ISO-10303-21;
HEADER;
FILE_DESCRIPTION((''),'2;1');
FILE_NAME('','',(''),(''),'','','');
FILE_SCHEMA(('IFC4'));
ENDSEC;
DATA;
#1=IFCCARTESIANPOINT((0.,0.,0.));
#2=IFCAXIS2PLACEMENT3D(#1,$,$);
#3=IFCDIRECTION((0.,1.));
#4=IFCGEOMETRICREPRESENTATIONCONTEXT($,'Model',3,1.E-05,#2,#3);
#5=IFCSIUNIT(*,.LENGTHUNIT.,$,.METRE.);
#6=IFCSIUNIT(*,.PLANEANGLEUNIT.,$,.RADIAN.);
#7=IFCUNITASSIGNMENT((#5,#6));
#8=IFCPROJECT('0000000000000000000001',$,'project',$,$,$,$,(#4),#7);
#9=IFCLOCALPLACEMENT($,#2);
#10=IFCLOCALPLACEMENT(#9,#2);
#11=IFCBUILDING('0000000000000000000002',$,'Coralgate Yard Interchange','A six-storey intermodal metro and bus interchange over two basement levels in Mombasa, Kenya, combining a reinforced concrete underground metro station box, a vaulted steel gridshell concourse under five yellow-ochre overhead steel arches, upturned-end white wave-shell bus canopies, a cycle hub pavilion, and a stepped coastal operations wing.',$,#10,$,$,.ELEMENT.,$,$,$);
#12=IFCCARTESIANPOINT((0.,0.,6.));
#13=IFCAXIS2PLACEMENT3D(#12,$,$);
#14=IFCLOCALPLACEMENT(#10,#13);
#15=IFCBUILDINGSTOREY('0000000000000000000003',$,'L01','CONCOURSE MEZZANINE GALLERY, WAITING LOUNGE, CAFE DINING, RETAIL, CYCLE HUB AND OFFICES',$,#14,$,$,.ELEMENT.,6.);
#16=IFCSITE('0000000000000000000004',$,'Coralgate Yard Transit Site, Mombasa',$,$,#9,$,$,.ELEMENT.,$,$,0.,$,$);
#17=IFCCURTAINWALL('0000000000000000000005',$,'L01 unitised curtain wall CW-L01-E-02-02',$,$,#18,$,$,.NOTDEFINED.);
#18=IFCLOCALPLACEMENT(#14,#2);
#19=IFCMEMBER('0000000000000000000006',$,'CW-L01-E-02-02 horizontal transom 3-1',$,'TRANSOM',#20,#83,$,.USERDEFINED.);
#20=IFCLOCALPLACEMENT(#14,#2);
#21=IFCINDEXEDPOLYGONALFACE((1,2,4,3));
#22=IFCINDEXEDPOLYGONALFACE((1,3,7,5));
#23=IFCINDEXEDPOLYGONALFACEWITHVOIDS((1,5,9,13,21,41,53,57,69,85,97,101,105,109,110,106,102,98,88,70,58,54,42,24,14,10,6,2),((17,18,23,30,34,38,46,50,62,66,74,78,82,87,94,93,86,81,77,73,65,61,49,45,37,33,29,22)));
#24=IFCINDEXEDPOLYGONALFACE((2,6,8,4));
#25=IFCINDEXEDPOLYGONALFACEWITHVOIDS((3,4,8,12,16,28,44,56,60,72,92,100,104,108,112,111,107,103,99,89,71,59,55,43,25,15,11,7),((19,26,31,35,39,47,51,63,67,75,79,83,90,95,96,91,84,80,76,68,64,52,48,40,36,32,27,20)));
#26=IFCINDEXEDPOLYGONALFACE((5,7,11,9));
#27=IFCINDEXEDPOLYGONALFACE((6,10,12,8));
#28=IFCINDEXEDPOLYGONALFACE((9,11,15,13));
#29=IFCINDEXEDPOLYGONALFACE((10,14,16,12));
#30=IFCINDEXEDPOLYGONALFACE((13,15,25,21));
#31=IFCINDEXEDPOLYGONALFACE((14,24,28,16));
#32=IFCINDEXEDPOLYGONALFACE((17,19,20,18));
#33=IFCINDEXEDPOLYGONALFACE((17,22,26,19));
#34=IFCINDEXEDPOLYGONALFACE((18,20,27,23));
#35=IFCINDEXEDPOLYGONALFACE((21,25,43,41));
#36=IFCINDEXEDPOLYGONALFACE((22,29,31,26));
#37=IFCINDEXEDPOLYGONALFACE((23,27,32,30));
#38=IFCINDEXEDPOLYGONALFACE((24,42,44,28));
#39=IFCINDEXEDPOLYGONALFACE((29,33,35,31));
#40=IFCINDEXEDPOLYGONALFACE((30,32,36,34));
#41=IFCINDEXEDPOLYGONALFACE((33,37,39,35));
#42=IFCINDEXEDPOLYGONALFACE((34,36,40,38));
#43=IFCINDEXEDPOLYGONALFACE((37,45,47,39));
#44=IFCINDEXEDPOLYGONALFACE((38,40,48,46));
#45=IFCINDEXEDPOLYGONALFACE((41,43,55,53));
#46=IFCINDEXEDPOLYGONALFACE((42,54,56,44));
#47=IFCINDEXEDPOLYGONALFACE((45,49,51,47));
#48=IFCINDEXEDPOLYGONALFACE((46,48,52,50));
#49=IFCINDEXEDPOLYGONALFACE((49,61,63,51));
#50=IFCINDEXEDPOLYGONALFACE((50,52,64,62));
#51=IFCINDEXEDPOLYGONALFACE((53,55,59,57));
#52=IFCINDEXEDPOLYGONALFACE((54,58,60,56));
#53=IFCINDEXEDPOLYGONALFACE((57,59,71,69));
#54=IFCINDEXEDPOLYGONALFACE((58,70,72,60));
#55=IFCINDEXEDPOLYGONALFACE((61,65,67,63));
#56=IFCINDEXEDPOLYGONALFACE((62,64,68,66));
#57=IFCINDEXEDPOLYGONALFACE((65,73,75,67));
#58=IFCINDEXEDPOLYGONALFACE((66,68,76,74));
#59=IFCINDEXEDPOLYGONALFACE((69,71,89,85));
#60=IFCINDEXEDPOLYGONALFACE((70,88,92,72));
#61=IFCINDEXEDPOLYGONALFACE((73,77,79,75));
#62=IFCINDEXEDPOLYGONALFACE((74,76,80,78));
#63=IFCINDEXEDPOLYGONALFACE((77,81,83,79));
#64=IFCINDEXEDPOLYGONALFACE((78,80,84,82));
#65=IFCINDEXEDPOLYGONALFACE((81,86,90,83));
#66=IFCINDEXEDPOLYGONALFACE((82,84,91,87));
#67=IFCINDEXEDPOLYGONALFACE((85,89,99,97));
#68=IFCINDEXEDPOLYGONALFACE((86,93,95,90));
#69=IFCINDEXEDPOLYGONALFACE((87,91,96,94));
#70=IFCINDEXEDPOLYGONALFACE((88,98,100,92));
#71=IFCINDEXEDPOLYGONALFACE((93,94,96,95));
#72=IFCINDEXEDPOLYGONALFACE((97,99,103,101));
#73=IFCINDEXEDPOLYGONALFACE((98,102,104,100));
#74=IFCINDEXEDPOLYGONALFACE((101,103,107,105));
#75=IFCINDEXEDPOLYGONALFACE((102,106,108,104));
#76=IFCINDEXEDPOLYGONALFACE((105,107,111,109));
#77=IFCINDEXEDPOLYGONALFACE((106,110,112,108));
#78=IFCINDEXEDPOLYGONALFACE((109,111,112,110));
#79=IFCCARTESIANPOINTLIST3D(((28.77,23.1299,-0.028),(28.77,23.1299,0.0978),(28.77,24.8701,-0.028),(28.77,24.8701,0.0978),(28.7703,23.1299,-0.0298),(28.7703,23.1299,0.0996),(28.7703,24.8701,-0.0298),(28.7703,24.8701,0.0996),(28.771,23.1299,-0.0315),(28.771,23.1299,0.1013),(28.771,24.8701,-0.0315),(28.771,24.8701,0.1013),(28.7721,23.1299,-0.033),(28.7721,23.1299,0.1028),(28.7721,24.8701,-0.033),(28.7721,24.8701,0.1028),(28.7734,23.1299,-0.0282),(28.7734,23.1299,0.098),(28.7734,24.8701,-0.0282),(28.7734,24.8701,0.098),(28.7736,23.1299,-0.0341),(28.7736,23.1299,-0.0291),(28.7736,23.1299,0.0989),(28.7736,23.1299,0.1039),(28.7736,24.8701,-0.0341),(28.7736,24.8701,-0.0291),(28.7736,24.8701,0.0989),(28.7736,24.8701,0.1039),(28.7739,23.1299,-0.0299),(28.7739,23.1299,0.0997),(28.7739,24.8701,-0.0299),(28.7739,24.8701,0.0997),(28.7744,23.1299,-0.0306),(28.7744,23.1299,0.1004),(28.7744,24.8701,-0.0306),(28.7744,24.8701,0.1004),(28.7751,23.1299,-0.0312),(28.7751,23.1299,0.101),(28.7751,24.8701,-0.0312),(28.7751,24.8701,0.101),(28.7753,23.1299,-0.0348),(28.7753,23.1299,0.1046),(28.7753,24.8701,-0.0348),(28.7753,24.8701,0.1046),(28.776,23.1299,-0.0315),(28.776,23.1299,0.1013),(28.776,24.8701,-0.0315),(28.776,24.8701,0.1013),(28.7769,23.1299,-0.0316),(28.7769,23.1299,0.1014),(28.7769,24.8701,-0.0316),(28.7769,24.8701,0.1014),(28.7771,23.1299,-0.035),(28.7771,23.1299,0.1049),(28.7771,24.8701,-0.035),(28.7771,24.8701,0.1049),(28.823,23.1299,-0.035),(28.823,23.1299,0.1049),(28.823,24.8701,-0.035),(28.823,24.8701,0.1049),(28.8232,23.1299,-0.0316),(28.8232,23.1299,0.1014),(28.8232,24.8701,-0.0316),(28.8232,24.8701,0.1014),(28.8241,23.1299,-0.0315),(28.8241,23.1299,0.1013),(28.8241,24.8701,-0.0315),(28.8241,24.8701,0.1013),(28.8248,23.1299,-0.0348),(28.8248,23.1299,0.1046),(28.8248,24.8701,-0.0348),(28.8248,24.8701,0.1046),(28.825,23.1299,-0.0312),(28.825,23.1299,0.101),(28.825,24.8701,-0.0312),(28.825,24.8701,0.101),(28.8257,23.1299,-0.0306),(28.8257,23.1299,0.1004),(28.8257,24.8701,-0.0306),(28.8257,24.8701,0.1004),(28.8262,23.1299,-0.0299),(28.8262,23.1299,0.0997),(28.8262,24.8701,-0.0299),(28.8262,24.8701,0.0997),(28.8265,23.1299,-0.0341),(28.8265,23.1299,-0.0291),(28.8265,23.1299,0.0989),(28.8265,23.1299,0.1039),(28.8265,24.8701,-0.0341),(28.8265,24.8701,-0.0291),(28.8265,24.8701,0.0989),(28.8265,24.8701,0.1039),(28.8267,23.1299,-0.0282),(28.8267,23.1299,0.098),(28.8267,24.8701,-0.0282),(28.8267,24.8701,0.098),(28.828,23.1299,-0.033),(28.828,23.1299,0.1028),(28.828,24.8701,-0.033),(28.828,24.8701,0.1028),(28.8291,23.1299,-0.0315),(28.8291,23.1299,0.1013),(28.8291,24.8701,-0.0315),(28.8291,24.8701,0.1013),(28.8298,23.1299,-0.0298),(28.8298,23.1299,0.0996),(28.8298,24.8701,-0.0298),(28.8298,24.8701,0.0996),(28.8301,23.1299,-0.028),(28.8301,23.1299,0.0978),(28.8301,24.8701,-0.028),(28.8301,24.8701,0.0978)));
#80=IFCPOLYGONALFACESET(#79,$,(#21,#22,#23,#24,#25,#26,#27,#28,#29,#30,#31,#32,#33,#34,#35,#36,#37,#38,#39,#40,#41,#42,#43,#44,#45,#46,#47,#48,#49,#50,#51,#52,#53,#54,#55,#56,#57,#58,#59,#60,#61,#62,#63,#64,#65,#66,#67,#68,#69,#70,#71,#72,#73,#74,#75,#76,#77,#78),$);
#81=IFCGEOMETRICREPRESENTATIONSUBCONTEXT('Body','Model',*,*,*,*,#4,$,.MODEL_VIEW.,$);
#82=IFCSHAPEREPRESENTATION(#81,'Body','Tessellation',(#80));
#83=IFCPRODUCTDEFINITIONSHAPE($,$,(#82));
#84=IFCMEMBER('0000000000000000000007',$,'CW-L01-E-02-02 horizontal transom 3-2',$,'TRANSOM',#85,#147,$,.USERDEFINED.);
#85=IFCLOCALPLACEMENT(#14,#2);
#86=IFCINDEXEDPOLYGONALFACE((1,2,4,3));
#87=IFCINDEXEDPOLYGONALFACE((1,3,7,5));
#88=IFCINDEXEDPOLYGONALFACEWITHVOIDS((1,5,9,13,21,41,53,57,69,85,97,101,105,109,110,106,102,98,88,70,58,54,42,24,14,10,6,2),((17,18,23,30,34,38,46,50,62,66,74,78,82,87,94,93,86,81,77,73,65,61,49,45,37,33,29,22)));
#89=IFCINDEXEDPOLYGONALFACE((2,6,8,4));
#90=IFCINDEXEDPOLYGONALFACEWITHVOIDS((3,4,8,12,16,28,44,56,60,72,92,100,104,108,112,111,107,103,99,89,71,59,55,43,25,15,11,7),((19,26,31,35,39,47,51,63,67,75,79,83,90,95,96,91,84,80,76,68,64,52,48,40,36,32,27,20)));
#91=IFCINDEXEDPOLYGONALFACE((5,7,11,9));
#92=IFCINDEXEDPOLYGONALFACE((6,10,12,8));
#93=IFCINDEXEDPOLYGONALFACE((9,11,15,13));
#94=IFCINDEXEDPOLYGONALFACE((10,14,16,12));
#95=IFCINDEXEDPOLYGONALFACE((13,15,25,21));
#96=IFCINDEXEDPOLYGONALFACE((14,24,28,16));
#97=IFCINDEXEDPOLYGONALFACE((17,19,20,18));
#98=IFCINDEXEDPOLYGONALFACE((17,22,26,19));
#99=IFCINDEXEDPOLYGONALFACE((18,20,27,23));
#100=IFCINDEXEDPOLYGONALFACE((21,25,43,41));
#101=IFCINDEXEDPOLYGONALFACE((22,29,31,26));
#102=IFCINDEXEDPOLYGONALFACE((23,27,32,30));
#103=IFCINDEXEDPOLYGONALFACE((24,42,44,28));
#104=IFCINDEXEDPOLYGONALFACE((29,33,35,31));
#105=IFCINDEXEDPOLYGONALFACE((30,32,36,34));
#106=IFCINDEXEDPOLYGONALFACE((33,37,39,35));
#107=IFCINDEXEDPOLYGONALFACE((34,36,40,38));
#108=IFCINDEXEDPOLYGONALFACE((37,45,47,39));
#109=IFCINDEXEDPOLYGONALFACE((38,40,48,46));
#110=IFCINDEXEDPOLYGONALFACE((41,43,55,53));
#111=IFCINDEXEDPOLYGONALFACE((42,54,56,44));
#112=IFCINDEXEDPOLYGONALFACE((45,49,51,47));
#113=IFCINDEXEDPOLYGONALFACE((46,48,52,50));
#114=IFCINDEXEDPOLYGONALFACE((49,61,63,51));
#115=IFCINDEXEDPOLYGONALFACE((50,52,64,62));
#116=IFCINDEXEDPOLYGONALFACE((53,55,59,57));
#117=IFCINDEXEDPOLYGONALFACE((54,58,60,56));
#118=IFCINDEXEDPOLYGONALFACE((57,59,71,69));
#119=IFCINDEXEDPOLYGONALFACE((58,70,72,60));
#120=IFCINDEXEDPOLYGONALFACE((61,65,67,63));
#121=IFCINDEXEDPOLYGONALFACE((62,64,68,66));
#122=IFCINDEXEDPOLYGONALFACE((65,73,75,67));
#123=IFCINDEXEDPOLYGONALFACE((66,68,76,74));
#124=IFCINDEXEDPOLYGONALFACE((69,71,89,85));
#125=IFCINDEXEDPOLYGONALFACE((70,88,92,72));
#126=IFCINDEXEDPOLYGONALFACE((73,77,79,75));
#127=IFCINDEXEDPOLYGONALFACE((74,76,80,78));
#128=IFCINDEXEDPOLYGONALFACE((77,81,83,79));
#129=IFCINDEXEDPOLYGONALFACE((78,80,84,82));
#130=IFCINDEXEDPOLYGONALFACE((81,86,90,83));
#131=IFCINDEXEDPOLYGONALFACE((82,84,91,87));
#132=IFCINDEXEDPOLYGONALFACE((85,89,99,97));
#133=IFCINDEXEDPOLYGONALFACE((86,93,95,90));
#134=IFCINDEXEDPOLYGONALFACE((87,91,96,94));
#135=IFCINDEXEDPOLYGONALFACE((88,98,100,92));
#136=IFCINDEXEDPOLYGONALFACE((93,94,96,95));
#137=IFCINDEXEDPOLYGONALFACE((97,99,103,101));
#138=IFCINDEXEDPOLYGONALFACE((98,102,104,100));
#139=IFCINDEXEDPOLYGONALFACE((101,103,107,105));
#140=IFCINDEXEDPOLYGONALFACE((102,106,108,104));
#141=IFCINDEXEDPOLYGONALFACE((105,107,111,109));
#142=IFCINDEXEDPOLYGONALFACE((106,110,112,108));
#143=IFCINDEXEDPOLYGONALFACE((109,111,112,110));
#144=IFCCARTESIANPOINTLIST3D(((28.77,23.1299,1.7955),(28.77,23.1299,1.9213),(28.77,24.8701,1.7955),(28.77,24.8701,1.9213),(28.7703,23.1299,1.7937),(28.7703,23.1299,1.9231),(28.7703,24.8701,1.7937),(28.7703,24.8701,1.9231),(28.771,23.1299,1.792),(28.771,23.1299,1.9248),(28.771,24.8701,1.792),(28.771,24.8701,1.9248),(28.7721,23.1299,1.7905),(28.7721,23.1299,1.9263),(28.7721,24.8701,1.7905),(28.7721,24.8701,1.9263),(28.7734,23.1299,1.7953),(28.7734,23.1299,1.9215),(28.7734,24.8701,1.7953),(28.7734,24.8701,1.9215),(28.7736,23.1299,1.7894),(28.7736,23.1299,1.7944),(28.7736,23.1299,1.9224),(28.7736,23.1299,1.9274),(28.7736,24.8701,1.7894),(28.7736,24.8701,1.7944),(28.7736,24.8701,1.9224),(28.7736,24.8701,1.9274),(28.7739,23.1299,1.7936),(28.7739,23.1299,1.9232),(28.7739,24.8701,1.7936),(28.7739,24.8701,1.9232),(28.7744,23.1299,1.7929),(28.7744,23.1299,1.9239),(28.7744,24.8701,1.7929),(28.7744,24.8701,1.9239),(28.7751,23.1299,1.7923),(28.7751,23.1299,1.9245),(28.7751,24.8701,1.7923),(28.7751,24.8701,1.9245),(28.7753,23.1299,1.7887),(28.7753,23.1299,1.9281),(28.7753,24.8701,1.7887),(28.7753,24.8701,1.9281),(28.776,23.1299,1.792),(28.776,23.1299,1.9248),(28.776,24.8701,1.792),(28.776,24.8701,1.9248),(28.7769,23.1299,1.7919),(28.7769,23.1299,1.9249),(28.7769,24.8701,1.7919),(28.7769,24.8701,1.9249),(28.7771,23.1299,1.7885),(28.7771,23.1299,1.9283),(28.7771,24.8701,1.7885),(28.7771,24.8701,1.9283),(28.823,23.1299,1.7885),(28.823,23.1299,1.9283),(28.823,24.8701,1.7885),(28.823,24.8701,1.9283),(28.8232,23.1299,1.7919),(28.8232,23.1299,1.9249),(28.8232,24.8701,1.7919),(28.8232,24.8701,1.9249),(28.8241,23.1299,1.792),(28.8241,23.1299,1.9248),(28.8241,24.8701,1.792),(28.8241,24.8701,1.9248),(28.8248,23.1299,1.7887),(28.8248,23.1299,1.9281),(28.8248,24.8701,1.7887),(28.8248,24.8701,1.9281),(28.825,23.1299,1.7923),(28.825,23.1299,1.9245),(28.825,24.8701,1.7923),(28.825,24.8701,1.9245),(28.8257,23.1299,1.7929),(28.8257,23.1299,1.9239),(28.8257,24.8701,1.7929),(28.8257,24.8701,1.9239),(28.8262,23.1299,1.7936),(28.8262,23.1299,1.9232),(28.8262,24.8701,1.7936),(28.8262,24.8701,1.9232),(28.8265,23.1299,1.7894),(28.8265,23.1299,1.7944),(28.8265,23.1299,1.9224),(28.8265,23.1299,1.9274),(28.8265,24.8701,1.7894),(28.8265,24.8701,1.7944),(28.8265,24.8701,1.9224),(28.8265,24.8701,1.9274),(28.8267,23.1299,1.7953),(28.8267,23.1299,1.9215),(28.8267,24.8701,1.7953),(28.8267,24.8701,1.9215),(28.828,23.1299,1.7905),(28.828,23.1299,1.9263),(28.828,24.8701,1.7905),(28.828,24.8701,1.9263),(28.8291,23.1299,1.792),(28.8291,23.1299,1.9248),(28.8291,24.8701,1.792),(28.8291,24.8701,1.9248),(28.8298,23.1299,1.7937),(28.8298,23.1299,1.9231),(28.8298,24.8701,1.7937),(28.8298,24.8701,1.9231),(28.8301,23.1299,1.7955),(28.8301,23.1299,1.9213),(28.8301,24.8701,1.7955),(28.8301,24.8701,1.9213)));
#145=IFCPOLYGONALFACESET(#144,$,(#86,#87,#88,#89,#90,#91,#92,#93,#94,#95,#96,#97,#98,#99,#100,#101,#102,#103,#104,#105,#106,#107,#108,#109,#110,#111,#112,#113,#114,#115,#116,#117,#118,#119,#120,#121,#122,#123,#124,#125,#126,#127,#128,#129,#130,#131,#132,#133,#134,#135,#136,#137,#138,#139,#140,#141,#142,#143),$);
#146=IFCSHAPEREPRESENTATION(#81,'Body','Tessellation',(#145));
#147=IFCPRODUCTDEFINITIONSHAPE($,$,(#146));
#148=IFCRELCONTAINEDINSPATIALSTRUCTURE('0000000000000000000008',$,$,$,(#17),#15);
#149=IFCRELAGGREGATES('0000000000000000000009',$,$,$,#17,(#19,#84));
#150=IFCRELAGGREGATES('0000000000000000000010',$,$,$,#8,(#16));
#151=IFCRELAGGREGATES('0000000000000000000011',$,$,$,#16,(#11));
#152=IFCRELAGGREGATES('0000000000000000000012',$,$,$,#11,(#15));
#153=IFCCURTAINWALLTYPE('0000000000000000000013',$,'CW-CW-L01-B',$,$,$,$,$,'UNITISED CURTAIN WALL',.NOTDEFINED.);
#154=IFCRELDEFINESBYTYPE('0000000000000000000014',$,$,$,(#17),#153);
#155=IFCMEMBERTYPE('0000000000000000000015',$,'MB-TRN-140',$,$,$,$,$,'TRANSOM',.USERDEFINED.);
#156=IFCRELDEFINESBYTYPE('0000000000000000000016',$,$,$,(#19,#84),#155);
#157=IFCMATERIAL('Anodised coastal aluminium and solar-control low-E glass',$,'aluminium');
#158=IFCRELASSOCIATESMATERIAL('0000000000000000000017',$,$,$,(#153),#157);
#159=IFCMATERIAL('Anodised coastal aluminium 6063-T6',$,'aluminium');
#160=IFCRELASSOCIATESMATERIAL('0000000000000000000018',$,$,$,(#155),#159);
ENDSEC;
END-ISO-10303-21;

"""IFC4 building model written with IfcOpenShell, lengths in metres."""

from ifc_helpers import new_model, si_unit, direction, frame, origin, origin_2d, place, context, subcontext, project, spatial, hollow_rectangle, extrude, material, material_profile, profile_set, type_object, element, aggregate, save


model = new_model("IFC4")

# Units and contexts
model_context = context("Model", 3, precision=1e-05, world=origin(), true_north=direction((0.0, 1.0)))
body_context = subcontext(model_context, "Body", "Model", "MODEL_VIEW")
ifc_project = project(units=[si_unit("LENGTHUNIT", "METRE"), si_unit("PLANEANGLEUNIT", "RADIAN")], contexts=[model_context])

# Site, building, storey
site_placement = place(None, origin())
site = spatial("IfcSite", under=ifc_project, at=site_placement, Name="Coralgate Yard Transit Site, Mombasa", CompositionType="ELEMENT", RefElevation=0.0)
building_placement = place(site_placement, origin())
building = spatial("IfcBuilding", under=site, at=building_placement, Name="Coralgate Yard Interchange", Description="A six-storey intermodal metro and bus interchange over two basement levels in Mombasa, Kenya, combining a reinforced concrete underground metro station box, a vaulted steel gridshell concourse under five yellow-ochre overhead steel arches, upturned-end white wave-shell bus canopies, a cycle hub pavilion, and a stepped coastal operations wing.", CompositionType="ELEMENT")
storey_placement = place(building_placement, frame((0.0, 0.0, 6.0)))
storey = spatial("IfcBuildingStorey", under=building, at=storey_placement, Name="L01", Description="CONCOURSE MEZZANINE GALLERY, WAITING LOUNGE, CAFE DINING, RETAIL, CYCLE HUB AND OFFICES", CompositionType="ELEMENT", Elevation=6.0)

# Curtain wall
ifc_material_1 = material(Name="Anodised coastal aluminium and solar-control low-E glass", Category="aluminium")
curtain_wall_type_1 = type_object("IfcCurtainWallType", Name="CW-CW-L01-B", ElementType="UNITISED CURTAIN WALL", PredefinedType="NOTDEFINED", material=ifc_material_1)
curtain_wall_1_placement = place(storey_placement, origin())
curtain_wall_1 = element("IfcCurtainWall", 1, at=curtain_wall_1_placement, inside=storey, type_object=curtain_wall_type_1, Name="L01 unitised curtain wall CW-L01-E-02-02", PredefinedType="NOTDEFINED")
ifc_material_2 = material(Name="Anodised coastal aluminium 6063-T6", Category="aluminium")

# Members
ifc_material_profile_1 = material_profile(ifc_material_2, hollow_rectangle(XDim=0.0601, YDim=0.1399, WallThickness=0.0034, InnerFilletRadius=0.0034, OuterFilletRadius=0.0071, at=origin_2d()), Name="ALU 60x140x3.5")
ifc_profile_set_1 = profile_set([ifc_material_profile_1], Name="Anodised coastal aluminium 6063-T6")
member_type_1 = type_object("IfcMemberType", Name="MB-TRN-140", ElementType="TRANSOM", PredefinedType="USERDEFINED", material=ifc_profile_set_1)
member_1_placement = place(storey_placement, frame((28.8, 24.8701, 0.0349), z_axis=(0.0, -1.0, 0.0), x_axis=(1.0, 0.0, 0.0)))
member_1 = element("IfcMember", 2, at=member_1_placement, type_object=member_type_1, Name="CW-L01-E-02-02 horizontal transom 3-1", ObjectType="TRANSOM", PredefinedType="USERDEFINED", context=body_context, shape_type="SweptSolid", body=[
    extrude(hollow_rectangle(XDim=0.0601, YDim=0.1399, WallThickness=0.0034, InnerFilletRadius=0.0034, OuterFilletRadius=0.0071, at=origin_2d()), origin(), (0.0, 0.0, 1.0), 1.7402),
])
member_2_placement = place(storey_placement, frame((28.8, 24.8701, 1.8584), z_axis=(0.0, -1.0, 0.0), x_axis=(1.0, 0.0, 0.0)))
member_2 = element("IfcMember", 3, at=member_2_placement, type_object=member_type_1, Name="CW-L01-E-02-02 horizontal transom 3-2", ObjectType="TRANSOM", PredefinedType="USERDEFINED", context=body_context, shape_type="SweptSolid", body=[
    extrude(hollow_rectangle(XDim=0.0601, YDim=0.1399, WallThickness=0.0034, InnerFilletRadius=0.0034, OuterFilletRadius=0.0071, at=origin_2d()), origin(), (0.0, 0.0, 1.0), 1.7402),
])

aggregate(curtain_wall_1, [member_1, member_2])

save(model, "model.ifc")
